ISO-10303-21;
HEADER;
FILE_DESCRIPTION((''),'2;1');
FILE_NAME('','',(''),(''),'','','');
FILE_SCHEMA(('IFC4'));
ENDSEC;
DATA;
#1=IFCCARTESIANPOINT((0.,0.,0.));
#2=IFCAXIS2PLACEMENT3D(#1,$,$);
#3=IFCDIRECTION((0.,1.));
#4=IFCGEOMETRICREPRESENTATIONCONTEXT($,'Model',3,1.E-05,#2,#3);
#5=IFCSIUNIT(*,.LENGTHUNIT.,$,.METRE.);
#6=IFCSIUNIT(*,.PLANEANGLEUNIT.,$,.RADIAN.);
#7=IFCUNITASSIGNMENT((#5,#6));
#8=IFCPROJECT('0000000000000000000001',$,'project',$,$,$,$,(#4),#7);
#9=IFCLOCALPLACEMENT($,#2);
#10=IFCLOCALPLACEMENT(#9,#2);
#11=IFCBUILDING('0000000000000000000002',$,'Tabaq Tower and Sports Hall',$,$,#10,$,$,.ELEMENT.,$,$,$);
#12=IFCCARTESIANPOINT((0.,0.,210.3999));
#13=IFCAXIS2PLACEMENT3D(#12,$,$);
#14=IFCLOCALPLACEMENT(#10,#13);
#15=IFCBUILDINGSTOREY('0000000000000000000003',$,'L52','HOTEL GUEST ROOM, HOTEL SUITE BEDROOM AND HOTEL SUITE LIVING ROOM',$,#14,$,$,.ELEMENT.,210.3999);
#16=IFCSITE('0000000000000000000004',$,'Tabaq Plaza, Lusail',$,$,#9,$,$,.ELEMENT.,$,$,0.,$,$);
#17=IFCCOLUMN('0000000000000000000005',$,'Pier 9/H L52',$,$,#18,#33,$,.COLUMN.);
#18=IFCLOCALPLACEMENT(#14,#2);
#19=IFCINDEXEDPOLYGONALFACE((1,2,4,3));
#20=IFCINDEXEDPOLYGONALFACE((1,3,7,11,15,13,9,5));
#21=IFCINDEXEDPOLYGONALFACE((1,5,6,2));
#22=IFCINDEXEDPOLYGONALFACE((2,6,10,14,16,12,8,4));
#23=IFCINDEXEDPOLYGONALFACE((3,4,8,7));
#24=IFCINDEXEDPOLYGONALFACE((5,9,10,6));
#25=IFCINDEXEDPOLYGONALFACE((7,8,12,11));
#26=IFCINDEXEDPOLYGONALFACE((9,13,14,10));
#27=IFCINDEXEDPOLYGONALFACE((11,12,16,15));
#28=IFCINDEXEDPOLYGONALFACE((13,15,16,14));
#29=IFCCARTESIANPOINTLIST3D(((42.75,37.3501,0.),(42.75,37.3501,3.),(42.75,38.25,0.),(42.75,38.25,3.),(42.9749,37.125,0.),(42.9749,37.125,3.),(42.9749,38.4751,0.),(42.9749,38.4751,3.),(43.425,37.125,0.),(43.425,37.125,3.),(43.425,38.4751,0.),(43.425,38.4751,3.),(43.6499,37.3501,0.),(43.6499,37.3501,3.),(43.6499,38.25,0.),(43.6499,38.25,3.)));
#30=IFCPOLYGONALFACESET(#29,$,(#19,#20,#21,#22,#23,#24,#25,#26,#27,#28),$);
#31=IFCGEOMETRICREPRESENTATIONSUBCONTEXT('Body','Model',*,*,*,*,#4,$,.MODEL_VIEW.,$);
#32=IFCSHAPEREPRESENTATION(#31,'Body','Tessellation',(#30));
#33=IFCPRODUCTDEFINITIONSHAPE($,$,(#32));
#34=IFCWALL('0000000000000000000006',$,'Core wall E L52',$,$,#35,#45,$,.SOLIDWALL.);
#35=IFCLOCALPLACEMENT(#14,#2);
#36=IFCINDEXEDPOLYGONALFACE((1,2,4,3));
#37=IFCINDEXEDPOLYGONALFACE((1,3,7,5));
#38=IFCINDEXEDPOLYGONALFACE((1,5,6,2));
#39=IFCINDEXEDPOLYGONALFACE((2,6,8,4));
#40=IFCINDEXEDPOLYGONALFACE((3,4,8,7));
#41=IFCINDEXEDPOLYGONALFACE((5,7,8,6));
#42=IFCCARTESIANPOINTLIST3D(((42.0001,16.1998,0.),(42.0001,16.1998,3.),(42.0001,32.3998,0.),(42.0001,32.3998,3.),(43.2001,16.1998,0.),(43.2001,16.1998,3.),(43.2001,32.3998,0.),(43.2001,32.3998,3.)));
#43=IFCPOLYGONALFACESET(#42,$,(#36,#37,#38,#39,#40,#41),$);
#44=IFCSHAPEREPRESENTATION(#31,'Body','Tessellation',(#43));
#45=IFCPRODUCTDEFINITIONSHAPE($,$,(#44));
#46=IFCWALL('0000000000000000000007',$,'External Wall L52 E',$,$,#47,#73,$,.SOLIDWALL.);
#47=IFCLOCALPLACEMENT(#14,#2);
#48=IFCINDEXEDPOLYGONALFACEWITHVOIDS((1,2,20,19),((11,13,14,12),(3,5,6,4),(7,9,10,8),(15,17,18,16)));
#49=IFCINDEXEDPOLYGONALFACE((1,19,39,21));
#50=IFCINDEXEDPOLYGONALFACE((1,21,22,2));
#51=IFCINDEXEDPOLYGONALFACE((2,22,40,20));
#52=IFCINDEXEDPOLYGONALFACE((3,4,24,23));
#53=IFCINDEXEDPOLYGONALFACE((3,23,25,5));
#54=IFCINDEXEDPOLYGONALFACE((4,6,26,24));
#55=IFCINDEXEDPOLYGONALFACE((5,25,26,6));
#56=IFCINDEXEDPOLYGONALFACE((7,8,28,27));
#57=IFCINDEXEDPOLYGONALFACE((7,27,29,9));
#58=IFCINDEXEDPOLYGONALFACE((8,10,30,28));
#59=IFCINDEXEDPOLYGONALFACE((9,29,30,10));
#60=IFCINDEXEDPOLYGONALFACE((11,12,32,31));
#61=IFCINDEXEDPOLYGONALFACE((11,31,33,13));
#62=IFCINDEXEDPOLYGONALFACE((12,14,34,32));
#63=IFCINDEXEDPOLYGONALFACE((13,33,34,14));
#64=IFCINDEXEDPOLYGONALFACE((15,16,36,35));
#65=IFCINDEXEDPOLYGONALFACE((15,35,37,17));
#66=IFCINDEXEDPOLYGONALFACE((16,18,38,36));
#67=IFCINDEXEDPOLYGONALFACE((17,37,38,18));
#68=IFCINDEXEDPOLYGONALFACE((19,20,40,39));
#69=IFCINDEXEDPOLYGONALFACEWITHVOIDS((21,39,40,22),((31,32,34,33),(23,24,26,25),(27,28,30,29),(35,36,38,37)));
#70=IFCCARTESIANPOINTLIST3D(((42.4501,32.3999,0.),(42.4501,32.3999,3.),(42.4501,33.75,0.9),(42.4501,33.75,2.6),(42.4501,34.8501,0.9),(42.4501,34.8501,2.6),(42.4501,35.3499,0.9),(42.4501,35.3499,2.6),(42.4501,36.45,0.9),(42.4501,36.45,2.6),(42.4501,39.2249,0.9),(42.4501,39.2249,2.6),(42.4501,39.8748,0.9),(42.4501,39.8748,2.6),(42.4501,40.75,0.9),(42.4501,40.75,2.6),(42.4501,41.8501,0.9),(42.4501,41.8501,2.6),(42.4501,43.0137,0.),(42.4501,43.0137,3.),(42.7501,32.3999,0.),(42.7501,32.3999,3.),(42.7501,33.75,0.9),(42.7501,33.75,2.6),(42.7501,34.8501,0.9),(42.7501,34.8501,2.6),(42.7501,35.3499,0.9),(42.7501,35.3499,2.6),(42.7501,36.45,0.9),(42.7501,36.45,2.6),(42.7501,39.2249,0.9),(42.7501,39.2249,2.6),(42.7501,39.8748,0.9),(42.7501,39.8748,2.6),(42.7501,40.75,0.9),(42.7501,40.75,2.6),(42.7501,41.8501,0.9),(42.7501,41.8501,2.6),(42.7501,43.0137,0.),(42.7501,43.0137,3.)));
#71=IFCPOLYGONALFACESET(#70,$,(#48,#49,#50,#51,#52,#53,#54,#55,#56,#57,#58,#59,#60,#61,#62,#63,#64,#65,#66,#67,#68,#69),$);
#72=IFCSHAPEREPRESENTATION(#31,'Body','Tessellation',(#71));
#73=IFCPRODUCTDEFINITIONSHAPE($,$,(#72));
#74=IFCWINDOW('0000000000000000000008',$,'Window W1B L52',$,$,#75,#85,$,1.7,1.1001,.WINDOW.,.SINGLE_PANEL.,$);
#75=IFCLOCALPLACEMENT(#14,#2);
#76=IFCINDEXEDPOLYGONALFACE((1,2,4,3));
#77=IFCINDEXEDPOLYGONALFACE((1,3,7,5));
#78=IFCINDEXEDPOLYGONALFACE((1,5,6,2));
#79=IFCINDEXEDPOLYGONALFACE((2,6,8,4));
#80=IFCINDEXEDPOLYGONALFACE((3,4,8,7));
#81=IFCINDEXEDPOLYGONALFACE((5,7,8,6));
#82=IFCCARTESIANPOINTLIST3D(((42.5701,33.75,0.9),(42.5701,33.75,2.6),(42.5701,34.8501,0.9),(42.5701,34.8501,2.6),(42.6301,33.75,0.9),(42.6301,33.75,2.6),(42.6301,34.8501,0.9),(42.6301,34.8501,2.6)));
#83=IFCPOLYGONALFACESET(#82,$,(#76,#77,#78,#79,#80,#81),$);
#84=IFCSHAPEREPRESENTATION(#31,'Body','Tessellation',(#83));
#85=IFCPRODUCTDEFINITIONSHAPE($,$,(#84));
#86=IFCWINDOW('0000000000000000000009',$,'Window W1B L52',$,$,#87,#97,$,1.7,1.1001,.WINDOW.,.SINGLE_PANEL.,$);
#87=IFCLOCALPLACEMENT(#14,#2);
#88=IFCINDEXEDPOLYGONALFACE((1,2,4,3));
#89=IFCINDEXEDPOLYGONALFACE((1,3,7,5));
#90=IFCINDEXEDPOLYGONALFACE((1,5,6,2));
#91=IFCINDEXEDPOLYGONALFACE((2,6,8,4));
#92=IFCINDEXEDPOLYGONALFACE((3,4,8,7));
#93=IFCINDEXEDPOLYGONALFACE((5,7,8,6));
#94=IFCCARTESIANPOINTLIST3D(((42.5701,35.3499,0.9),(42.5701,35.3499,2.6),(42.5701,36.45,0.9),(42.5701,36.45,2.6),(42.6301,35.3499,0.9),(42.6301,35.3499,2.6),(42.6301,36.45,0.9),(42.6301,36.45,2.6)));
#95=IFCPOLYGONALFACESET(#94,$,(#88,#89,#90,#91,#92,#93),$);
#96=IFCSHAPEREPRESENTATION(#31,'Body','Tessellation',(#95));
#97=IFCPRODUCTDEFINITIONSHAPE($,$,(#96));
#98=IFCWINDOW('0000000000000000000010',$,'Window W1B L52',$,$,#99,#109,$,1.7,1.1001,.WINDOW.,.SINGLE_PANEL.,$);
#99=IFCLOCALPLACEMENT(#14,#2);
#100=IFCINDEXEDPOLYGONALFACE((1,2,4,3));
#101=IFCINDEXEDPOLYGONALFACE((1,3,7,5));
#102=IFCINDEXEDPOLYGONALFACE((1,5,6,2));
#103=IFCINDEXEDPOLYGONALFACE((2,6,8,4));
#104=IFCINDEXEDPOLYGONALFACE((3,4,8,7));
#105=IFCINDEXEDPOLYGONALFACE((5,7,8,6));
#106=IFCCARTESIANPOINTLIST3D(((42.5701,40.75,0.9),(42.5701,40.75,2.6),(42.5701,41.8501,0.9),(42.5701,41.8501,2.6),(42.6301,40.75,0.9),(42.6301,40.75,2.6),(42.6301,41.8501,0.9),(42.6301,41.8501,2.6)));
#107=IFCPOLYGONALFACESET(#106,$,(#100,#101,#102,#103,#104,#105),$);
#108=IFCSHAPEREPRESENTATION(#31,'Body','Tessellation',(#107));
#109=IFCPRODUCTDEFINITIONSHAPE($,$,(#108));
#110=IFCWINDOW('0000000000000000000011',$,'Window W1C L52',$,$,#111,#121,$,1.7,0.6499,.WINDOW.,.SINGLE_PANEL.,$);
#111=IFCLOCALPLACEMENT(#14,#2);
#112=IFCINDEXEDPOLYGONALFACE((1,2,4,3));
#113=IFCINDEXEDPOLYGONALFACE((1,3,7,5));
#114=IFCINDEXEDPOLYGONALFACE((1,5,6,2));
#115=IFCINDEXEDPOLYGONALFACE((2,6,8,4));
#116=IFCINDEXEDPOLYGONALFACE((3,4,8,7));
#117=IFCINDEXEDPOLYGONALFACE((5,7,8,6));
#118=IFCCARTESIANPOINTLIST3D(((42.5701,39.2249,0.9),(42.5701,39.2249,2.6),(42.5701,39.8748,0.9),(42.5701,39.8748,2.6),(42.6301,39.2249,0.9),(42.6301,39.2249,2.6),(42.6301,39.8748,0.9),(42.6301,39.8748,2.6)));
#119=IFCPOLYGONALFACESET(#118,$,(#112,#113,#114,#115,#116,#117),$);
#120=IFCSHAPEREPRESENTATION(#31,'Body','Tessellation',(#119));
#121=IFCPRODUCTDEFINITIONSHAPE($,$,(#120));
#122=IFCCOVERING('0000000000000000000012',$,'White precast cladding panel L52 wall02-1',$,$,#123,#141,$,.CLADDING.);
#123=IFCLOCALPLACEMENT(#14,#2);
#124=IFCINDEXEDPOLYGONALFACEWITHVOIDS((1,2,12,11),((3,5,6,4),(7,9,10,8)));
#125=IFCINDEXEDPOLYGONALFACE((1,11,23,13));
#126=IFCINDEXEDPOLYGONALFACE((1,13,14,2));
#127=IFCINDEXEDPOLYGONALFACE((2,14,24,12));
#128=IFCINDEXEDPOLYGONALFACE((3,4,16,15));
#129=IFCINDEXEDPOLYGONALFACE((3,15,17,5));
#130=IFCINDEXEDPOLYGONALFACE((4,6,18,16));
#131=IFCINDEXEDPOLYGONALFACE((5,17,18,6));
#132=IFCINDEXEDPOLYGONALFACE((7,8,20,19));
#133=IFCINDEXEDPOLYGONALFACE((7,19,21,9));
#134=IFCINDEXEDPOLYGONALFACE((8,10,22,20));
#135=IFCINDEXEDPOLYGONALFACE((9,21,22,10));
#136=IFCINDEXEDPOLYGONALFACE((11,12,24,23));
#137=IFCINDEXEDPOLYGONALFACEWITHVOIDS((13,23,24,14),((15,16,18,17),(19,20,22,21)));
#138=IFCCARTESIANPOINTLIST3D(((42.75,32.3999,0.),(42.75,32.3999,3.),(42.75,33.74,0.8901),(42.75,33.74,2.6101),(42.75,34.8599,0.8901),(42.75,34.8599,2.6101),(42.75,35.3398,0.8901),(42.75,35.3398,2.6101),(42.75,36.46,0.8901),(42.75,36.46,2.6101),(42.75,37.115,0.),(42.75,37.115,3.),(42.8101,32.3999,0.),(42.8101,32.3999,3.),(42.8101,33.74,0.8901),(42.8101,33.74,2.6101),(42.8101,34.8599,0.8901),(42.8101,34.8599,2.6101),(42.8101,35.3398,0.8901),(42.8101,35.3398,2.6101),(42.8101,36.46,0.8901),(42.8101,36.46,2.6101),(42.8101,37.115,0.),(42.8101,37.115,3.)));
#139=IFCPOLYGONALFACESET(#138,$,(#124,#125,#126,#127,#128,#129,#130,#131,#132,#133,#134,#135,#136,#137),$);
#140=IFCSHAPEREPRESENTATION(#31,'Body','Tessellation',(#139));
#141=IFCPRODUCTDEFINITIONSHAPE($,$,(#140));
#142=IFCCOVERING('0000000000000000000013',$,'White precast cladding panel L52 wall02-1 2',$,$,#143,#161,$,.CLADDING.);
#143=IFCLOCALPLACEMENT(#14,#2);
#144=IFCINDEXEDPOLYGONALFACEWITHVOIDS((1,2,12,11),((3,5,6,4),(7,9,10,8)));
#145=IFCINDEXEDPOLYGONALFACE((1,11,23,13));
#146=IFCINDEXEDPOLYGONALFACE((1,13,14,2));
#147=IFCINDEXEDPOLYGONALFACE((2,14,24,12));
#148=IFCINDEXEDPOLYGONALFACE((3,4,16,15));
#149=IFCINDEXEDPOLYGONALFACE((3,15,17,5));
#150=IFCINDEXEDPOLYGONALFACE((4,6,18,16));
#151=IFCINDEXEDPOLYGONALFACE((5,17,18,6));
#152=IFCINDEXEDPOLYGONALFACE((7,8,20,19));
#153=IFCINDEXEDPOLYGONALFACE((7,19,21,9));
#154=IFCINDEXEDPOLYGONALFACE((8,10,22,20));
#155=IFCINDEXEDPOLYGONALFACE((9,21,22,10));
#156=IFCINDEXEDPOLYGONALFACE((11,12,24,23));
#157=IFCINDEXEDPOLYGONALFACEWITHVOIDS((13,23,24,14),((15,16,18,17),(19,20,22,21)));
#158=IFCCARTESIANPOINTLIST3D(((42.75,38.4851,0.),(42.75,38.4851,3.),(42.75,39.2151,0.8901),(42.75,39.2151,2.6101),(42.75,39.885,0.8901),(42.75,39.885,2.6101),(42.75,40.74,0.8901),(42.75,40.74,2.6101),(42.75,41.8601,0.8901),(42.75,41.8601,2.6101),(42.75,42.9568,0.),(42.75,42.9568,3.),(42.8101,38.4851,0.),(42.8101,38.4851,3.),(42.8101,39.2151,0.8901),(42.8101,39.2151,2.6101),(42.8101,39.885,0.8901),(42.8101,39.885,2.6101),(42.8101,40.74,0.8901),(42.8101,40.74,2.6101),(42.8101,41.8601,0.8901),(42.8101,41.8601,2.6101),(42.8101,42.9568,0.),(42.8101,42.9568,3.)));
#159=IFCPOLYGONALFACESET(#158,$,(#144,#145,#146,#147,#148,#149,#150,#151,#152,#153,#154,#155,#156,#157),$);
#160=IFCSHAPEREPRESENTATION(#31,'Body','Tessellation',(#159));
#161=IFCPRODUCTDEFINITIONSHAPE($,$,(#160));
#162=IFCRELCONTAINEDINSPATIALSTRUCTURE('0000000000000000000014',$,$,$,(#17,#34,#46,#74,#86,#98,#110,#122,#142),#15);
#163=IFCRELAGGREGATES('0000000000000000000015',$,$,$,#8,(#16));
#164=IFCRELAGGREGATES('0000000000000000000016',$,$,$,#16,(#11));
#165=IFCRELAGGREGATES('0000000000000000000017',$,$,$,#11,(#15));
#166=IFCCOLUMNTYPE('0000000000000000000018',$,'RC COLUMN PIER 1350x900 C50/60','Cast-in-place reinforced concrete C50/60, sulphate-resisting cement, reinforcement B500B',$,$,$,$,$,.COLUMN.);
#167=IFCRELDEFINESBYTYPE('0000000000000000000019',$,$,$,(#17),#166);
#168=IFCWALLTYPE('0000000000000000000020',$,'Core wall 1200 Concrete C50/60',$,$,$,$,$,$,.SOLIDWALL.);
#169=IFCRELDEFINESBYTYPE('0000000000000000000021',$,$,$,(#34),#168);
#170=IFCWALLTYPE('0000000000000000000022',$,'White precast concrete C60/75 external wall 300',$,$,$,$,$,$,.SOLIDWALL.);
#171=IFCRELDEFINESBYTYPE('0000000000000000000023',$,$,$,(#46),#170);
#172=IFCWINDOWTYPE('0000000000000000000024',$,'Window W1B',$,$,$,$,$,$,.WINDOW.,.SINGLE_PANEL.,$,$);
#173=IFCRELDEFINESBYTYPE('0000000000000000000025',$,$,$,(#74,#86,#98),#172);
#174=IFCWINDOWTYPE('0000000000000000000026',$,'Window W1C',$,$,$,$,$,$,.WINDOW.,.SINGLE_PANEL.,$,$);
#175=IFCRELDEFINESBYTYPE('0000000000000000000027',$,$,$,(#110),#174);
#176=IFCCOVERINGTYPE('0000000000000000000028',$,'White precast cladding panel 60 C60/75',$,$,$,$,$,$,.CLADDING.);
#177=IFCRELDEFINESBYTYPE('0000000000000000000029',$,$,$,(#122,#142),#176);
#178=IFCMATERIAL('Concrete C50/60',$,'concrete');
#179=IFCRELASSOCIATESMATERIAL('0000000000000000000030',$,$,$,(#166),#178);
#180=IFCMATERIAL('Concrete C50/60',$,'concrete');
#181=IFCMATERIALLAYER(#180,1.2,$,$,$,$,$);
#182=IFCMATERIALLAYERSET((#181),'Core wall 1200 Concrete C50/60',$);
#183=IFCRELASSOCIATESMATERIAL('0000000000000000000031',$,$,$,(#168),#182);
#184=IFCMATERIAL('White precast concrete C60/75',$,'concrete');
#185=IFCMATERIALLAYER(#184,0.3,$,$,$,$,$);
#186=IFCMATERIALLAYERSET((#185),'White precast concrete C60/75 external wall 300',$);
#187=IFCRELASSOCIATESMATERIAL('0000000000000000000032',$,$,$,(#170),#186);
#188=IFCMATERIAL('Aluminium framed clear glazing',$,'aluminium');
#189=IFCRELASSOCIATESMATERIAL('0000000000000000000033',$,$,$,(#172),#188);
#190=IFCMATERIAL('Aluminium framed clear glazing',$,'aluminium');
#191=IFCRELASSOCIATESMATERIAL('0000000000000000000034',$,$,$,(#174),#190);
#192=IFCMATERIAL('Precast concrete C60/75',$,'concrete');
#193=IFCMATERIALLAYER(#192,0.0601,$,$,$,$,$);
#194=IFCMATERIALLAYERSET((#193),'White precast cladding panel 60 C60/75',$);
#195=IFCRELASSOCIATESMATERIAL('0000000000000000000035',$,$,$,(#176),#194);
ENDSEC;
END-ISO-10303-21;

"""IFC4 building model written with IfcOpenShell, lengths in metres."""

from ifc_helpers import new_model, si_unit, direction, frame, frame_2d, origin, place, context, subcontext, project, spatial, polyline, rectangle, outline, extrude, material, layer, layer_set, material_profile, profile_set, type_object, element, fill, save


model = new_model("IFC4")

# Units and contexts
model_context = context("Model", 3, precision=1e-05, world=origin(), true_north=direction((0.0, 1.0)))
body_context = subcontext(model_context, "Body", "Model", "MODEL_VIEW")
ifc_project = project(units=[si_unit("LENGTHUNIT", "METRE"), si_unit("PLANEANGLEUNIT", "RADIAN")], contexts=[model_context])

# Site, building, storey
site_placement = place(None, origin())
site = spatial("IfcSite", under=ifc_project, at=site_placement, Name="Tabaq Plaza, Lusail", CompositionType="ELEMENT", RefElevation=0.0)
building_placement = place(site_placement, origin())
building = spatial("IfcBuilding", under=site, at=building_placement, Name="Tabaq Tower and Sports Hall", CompositionType="ELEMENT")
storey_placement = place(building_placement, frame((0.0, 0.0, 210.3999)))
storey = spatial("IfcBuildingStorey", under=building, at=storey_placement, Name="L52", Description="HOTEL GUEST ROOM, HOTEL SUITE BEDROOM AND HOTEL SUITE LIVING ROOM", CompositionType="ELEMENT", Elevation=210.3999)

# Column
ifc_material_1 = material(Name="Concrete C50/60", Category="concrete")
ifc_material_profile = material_profile(ifc_material_1, outline(polyline([(-0.45, -0.45), (0.45, -0.45), (0.675, -0.2251), (0.675, 0.2251), (0.45, 0.45), (-0.45, 0.45), (-0.675, 0.2251), (-0.675, -0.2251), (-0.45, -0.45)])), Name="PIER 1350x900")
ifc_profile_set = profile_set([ifc_material_profile], Name="Concrete C50/60")
column_type = type_object("IfcColumnType", Name="RC COLUMN PIER 1350x900 C50/60", Description="Cast-in-place reinforced concrete C50/60, sulphate-resisting cement, reinforcement B500B", PredefinedType="COLUMN", material=ifc_profile_set)
column_placement = place(storey_placement, frame((43.2, 37.8, 0.0), z_axis=(0.0, 0.0, 1.0), x_axis=(0.0, 1.0, 0.0)))
element("IfcColumn", 1, at=column_placement, inside=storey, type_object=column_type, Name="Pier 9/H L52", PredefinedType="COLUMN", context=body_context, shape_type="SweptSolid", body=[
    extrude(outline(polyline([(-0.45, -0.45), (0.45, -0.45), (0.675, -0.2251), (0.675, 0.2251), (0.45, 0.45), (-0.45, 0.45), (-0.675, 0.2251), (-0.675, -0.2251), (-0.45, -0.45)])), origin(), (0.0, 0.0, 1.0), 3.0),
])

# Wall
ifc_material_2 = material(Name="Concrete C50/60", Category="concrete")
ifc_layer_1 = layer(ifc_material_2, 1.2)
ifc_layer_set_1 = layer_set([ifc_layer_1], Name="Core wall 1200 Concrete C50/60")
wall_type_1 = type_object("IfcWallType", Name="Core wall 1200 Concrete C50/60", PredefinedType="SOLIDWALL", material=ifc_layer_set_1)
wall_1_placement = place(storey_placement, frame((42.6001, 32.3999, 0.0), z_axis=(0.0, 0.0, 1.0), x_axis=(0.0, -1.0, 0.0)))
element("IfcWall", 2, at=wall_1_placement, inside=storey, type_object=wall_type_1, Name="Core wall E L52", PredefinedType="SOLIDWALL", context=body_context, shape_type="SweptSolid", body=[
    extrude(rectangle(XDim=16.2, YDim=1.2, at=frame_2d((8.1001, 0.0))), origin(), (0.0, 0.0, 1.0), 3.0),
])

# Wall, openings, windows
ifc_material_3 = material(Name="White precast concrete C60/75", Category="concrete")
ifc_layer_2 = layer(ifc_material_3, 0.3)
ifc_layer_set_2 = layer_set([ifc_layer_2], Name="White precast concrete C60/75 external wall 300")
wall_type_2 = type_object("IfcWallType", Name="White precast concrete C60/75 external wall 300", PredefinedType="SOLIDWALL", material=ifc_layer_set_2)
wall_2_placement = place(storey_placement, frame((42.6001, 32.3999, 0.0), z_axis=(0.0, 0.0, 1.0), x_axis=(0.0, 1.0, 0.0)))
wall_2 = element("IfcWall", 3, at=wall_2_placement, inside=storey, type_object=wall_type_2, Name="External Wall L52 E", PredefinedType="SOLIDWALL", context=body_context, shape_type="SweptSolid", body=[
    extrude(rectangle(XDim=10.6138, YDim=0.3, at=frame_2d((5.3069, 0.0))), origin(), (0.0, 0.0, 1.0), 3.0),
])
opening_1_placement = place(wall_2_placement, frame((1.3501, 0.0, 0.8999)))
opening_1 = element("IfcOpeningElement", 4, at=opening_1_placement, cuts=wall_2, PredefinedType="OPENING", context=body_context, shape_type="SweptSolid", body=[
    extrude(rectangle(XDim=1.1001, YDim=1.7, at=frame_2d((0.55, 0.8501))), frame((0.0, 0.1602, 0.0), z_axis=(0.0, -1.0, 0.0), x_axis=(1.0, 0.0, 0.0)), (0.0, 0.0, 1.0), 0.3201),
])
opening_2_placement = place(wall_2_placement, frame((2.95, 0.0, 0.8999)))
opening_2 = element("IfcOpeningElement", 5, at=opening_2_placement, cuts=wall_2, PredefinedType="OPENING", context=body_context, shape_type="SweptSolid", body=[
    extrude(rectangle(XDim=1.1001, YDim=1.7, at=frame_2d((0.55, 0.8501))), frame((0.0, 0.1602, 0.0), z_axis=(0.0, -1.0, 0.0), x_axis=(1.0, 0.0, 0.0)), (0.0, 0.0, 1.0), 0.3201),
])
opening_3_placement = place(wall_2_placement, frame((6.825, 0.0, 0.8999)))
opening_3 = element("IfcOpeningElement", 6, at=opening_3_placement, cuts=wall_2, PredefinedType="OPENING", context=body_context, shape_type="SweptSolid", body=[
    extrude(rectangle(XDim=0.6499, YDim=1.7, at=frame_2d((0.325, 0.8501))), frame((0.0, 0.1602, 0.0), z_axis=(0.0, -1.0, 0.0), x_axis=(1.0, 0.0, 0.0)), (0.0, 0.0, 1.0), 0.3201),
])
opening_4_placement = place(wall_2_placement, frame((8.3501, 0.0, 0.8999)))
opening_4 = element("IfcOpeningElement", 7, at=opening_4_placement, cuts=wall_2, PredefinedType="OPENING", context=body_context, shape_type="SweptSolid", body=[
    extrude(rectangle(XDim=1.1001, YDim=1.7, at=frame_2d((0.55, 0.8501))), frame((0.0, 0.1602, 0.0), z_axis=(0.0, -1.0, 0.0), x_axis=(1.0, 0.0, 0.0)), (0.0, 0.0, 1.0), 0.3201),
])
ifc_material_4 = material(Name="Aluminium framed clear glazing", Category="aluminium")
window_type_1 = type_object("IfcWindowType", Name="Window W1B", PartitioningType="SINGLE_PANEL", PredefinedType="WINDOW", material=ifc_material_4)
window_1_placement = place(opening_1_placement, origin())
window_1 = element("IfcWindow", 8, at=window_1_placement, inside=storey, type_object=window_type_1, Name="Window W1B L52", OverallHeight=1.7, OverallWidth=1.1001, PartitioningType="SINGLE_PANEL", PredefinedType="WINDOW", context=body_context, shape_type="SweptSolid", body=[
    extrude(rectangle(XDim=1.1001, YDim=1.7, at=frame_2d((0.55, 0.8501))), frame((0.0, 0.03, 0.0), z_axis=(0.0, -1.0, 0.0), x_axis=(1.0, 0.0, 0.0)), (0.0, 0.0, 1.0), 0.0601),
])
fill(opening_1, window_1)
window_2_placement = place(opening_2_placement, origin())
window_2 = element("IfcWindow", 9, at=window_2_placement, inside=storey, type_object=window_type_1, Name="Window W1B L52", OverallHeight=1.7, OverallWidth=1.1001, PartitioningType="SINGLE_PANEL", PredefinedType="WINDOW", context=body_context, shape_type="SweptSolid", body=[
    extrude(rectangle(XDim=1.1001, YDim=1.7, at=frame_2d((0.55, 0.8501))), frame((0.0, 0.03, 0.0), z_axis=(0.0, -1.0, 0.0), x_axis=(1.0, 0.0, 0.0)), (0.0, 0.0, 1.0), 0.0601),
])
fill(opening_2, window_2)
window_3_placement = place(opening_4_placement, origin())
window_3 = element("IfcWindow", 10, at=window_3_placement, inside=storey, type_object=window_type_1, Name="Window W1B L52", OverallHeight=1.7, OverallWidth=1.1001, PartitioningType="SINGLE_PANEL", PredefinedType="WINDOW", context=body_context, shape_type="SweptSolid", body=[
    extrude(rectangle(XDim=1.1001, YDim=1.7, at=frame_2d((0.55, 0.8501))), frame((0.0, 0.03, 0.0), z_axis=(0.0, -1.0, 0.0), x_axis=(1.0, 0.0, 0.0)), (0.0, 0.0, 1.0), 0.0601),
])
fill(opening_4, window_3)
ifc_material_5 = material(Name="Aluminium framed clear glazing", Category="aluminium")
window_type_2 = type_object("IfcWindowType", Name="Window W1C", PartitioningType="SINGLE_PANEL", PredefinedType="WINDOW", material=ifc_material_5)
window_4_placement = place(opening_3_placement, origin())
window_4 = element("IfcWindow", 11, at=window_4_placement, inside=storey, type_object=window_type_2, Name="Window W1C L52", OverallHeight=1.7, OverallWidth=0.6499, PartitioningType="SINGLE_PANEL", PredefinedType="WINDOW", context=body_context, shape_type="SweptSolid", body=[
    extrude(rectangle(XDim=0.6499, YDim=1.7, at=frame_2d((0.325, 0.8501))), frame((0.0, 0.03, 0.0), z_axis=(0.0, -1.0, 0.0), x_axis=(1.0, 0.0, 0.0)), (0.0, 0.0, 1.0), 0.0601),
])
fill(opening_3, window_4)

# Coverings
ifc_material_6 = material(Name="Precast concrete C60/75", Category="concrete")
ifc_layer_3 = layer(ifc_material_6, 0.0601)
ifc_layer_set_3 = layer_set([ifc_layer_3], Name="White precast cladding panel 60 C60/75")
covering_type = type_object("IfcCoveringType", Name="White precast cladding panel 60 C60/75", PredefinedType="CLADDING", material=ifc_layer_set_3)
covering_1_placement = place(storey_placement, frame((42.78, 32.3999, 0.0), z_axis=(0.0, 0.0, 1.0), x_axis=(0.0, 1.0, 0.0)))
element("IfcCovering", 12, at=covering_1_placement, inside=storey, type_object=covering_type, Name="White precast cladding panel L52 wall02-1", PredefinedType="CLADDING", context=body_context, shape_type="SweptSolid", body=[
    extrude(outline(polyline([(0.0, 0.0), (4.7151, 0.0), (4.7151, 3.0), (0.0, 3.0), (0.0, 0.0)]), holes=[polyline([(1.3401, 2.6101), (2.46, 2.6101), (2.46, 0.8901), (1.3401, 0.8901), (1.3401, 2.6101)]), polyline([(2.9399, 2.6101), (4.0601, 2.6101), (4.0601, 0.8901), (2.9399, 0.8901), (2.9399, 2.6101)])]), frame((0.0, 0.03, 0.0), z_axis=(0.0, -1.0, 0.0), x_axis=(1.0, 0.0, 0.0)), (0.0, 0.0, 1.0), 0.0601),
])
covering_2_placement = place(storey_placement, frame((42.78, 38.4851, 0.0), z_axis=(0.0, 0.0, 1.0), x_axis=(0.0, 1.0, 0.0)))
element("IfcCovering", 13, at=covering_2_placement, inside=storey, type_object=covering_type, Name="White precast cladding panel L52 wall02-1 2", PredefinedType="CLADDING", context=body_context, shape_type="SweptSolid", body=[
    extrude(outline(polyline([(0.0, 0.0), (4.4717, 0.0), (4.4717, 3.0), (0.0, 3.0), (0.0, 0.0)]), holes=[polyline([(0.73, 2.6101), (1.3999, 2.6101), (1.3999, 0.8901), (0.73, 0.8901), (0.73, 2.6101)]), polyline([(2.2549, 2.6101), (3.375, 2.6101), (3.375, 0.8901), (2.2549, 0.8901), (2.2549, 2.6101)])]), frame((0.0, 0.03, 0.0), z_axis=(0.0, -1.0, 0.0), x_axis=(1.0, 0.0, 0.0)), (0.0, 0.0, 1.0), 0.0601),
])

save(model, "model.ifc")
